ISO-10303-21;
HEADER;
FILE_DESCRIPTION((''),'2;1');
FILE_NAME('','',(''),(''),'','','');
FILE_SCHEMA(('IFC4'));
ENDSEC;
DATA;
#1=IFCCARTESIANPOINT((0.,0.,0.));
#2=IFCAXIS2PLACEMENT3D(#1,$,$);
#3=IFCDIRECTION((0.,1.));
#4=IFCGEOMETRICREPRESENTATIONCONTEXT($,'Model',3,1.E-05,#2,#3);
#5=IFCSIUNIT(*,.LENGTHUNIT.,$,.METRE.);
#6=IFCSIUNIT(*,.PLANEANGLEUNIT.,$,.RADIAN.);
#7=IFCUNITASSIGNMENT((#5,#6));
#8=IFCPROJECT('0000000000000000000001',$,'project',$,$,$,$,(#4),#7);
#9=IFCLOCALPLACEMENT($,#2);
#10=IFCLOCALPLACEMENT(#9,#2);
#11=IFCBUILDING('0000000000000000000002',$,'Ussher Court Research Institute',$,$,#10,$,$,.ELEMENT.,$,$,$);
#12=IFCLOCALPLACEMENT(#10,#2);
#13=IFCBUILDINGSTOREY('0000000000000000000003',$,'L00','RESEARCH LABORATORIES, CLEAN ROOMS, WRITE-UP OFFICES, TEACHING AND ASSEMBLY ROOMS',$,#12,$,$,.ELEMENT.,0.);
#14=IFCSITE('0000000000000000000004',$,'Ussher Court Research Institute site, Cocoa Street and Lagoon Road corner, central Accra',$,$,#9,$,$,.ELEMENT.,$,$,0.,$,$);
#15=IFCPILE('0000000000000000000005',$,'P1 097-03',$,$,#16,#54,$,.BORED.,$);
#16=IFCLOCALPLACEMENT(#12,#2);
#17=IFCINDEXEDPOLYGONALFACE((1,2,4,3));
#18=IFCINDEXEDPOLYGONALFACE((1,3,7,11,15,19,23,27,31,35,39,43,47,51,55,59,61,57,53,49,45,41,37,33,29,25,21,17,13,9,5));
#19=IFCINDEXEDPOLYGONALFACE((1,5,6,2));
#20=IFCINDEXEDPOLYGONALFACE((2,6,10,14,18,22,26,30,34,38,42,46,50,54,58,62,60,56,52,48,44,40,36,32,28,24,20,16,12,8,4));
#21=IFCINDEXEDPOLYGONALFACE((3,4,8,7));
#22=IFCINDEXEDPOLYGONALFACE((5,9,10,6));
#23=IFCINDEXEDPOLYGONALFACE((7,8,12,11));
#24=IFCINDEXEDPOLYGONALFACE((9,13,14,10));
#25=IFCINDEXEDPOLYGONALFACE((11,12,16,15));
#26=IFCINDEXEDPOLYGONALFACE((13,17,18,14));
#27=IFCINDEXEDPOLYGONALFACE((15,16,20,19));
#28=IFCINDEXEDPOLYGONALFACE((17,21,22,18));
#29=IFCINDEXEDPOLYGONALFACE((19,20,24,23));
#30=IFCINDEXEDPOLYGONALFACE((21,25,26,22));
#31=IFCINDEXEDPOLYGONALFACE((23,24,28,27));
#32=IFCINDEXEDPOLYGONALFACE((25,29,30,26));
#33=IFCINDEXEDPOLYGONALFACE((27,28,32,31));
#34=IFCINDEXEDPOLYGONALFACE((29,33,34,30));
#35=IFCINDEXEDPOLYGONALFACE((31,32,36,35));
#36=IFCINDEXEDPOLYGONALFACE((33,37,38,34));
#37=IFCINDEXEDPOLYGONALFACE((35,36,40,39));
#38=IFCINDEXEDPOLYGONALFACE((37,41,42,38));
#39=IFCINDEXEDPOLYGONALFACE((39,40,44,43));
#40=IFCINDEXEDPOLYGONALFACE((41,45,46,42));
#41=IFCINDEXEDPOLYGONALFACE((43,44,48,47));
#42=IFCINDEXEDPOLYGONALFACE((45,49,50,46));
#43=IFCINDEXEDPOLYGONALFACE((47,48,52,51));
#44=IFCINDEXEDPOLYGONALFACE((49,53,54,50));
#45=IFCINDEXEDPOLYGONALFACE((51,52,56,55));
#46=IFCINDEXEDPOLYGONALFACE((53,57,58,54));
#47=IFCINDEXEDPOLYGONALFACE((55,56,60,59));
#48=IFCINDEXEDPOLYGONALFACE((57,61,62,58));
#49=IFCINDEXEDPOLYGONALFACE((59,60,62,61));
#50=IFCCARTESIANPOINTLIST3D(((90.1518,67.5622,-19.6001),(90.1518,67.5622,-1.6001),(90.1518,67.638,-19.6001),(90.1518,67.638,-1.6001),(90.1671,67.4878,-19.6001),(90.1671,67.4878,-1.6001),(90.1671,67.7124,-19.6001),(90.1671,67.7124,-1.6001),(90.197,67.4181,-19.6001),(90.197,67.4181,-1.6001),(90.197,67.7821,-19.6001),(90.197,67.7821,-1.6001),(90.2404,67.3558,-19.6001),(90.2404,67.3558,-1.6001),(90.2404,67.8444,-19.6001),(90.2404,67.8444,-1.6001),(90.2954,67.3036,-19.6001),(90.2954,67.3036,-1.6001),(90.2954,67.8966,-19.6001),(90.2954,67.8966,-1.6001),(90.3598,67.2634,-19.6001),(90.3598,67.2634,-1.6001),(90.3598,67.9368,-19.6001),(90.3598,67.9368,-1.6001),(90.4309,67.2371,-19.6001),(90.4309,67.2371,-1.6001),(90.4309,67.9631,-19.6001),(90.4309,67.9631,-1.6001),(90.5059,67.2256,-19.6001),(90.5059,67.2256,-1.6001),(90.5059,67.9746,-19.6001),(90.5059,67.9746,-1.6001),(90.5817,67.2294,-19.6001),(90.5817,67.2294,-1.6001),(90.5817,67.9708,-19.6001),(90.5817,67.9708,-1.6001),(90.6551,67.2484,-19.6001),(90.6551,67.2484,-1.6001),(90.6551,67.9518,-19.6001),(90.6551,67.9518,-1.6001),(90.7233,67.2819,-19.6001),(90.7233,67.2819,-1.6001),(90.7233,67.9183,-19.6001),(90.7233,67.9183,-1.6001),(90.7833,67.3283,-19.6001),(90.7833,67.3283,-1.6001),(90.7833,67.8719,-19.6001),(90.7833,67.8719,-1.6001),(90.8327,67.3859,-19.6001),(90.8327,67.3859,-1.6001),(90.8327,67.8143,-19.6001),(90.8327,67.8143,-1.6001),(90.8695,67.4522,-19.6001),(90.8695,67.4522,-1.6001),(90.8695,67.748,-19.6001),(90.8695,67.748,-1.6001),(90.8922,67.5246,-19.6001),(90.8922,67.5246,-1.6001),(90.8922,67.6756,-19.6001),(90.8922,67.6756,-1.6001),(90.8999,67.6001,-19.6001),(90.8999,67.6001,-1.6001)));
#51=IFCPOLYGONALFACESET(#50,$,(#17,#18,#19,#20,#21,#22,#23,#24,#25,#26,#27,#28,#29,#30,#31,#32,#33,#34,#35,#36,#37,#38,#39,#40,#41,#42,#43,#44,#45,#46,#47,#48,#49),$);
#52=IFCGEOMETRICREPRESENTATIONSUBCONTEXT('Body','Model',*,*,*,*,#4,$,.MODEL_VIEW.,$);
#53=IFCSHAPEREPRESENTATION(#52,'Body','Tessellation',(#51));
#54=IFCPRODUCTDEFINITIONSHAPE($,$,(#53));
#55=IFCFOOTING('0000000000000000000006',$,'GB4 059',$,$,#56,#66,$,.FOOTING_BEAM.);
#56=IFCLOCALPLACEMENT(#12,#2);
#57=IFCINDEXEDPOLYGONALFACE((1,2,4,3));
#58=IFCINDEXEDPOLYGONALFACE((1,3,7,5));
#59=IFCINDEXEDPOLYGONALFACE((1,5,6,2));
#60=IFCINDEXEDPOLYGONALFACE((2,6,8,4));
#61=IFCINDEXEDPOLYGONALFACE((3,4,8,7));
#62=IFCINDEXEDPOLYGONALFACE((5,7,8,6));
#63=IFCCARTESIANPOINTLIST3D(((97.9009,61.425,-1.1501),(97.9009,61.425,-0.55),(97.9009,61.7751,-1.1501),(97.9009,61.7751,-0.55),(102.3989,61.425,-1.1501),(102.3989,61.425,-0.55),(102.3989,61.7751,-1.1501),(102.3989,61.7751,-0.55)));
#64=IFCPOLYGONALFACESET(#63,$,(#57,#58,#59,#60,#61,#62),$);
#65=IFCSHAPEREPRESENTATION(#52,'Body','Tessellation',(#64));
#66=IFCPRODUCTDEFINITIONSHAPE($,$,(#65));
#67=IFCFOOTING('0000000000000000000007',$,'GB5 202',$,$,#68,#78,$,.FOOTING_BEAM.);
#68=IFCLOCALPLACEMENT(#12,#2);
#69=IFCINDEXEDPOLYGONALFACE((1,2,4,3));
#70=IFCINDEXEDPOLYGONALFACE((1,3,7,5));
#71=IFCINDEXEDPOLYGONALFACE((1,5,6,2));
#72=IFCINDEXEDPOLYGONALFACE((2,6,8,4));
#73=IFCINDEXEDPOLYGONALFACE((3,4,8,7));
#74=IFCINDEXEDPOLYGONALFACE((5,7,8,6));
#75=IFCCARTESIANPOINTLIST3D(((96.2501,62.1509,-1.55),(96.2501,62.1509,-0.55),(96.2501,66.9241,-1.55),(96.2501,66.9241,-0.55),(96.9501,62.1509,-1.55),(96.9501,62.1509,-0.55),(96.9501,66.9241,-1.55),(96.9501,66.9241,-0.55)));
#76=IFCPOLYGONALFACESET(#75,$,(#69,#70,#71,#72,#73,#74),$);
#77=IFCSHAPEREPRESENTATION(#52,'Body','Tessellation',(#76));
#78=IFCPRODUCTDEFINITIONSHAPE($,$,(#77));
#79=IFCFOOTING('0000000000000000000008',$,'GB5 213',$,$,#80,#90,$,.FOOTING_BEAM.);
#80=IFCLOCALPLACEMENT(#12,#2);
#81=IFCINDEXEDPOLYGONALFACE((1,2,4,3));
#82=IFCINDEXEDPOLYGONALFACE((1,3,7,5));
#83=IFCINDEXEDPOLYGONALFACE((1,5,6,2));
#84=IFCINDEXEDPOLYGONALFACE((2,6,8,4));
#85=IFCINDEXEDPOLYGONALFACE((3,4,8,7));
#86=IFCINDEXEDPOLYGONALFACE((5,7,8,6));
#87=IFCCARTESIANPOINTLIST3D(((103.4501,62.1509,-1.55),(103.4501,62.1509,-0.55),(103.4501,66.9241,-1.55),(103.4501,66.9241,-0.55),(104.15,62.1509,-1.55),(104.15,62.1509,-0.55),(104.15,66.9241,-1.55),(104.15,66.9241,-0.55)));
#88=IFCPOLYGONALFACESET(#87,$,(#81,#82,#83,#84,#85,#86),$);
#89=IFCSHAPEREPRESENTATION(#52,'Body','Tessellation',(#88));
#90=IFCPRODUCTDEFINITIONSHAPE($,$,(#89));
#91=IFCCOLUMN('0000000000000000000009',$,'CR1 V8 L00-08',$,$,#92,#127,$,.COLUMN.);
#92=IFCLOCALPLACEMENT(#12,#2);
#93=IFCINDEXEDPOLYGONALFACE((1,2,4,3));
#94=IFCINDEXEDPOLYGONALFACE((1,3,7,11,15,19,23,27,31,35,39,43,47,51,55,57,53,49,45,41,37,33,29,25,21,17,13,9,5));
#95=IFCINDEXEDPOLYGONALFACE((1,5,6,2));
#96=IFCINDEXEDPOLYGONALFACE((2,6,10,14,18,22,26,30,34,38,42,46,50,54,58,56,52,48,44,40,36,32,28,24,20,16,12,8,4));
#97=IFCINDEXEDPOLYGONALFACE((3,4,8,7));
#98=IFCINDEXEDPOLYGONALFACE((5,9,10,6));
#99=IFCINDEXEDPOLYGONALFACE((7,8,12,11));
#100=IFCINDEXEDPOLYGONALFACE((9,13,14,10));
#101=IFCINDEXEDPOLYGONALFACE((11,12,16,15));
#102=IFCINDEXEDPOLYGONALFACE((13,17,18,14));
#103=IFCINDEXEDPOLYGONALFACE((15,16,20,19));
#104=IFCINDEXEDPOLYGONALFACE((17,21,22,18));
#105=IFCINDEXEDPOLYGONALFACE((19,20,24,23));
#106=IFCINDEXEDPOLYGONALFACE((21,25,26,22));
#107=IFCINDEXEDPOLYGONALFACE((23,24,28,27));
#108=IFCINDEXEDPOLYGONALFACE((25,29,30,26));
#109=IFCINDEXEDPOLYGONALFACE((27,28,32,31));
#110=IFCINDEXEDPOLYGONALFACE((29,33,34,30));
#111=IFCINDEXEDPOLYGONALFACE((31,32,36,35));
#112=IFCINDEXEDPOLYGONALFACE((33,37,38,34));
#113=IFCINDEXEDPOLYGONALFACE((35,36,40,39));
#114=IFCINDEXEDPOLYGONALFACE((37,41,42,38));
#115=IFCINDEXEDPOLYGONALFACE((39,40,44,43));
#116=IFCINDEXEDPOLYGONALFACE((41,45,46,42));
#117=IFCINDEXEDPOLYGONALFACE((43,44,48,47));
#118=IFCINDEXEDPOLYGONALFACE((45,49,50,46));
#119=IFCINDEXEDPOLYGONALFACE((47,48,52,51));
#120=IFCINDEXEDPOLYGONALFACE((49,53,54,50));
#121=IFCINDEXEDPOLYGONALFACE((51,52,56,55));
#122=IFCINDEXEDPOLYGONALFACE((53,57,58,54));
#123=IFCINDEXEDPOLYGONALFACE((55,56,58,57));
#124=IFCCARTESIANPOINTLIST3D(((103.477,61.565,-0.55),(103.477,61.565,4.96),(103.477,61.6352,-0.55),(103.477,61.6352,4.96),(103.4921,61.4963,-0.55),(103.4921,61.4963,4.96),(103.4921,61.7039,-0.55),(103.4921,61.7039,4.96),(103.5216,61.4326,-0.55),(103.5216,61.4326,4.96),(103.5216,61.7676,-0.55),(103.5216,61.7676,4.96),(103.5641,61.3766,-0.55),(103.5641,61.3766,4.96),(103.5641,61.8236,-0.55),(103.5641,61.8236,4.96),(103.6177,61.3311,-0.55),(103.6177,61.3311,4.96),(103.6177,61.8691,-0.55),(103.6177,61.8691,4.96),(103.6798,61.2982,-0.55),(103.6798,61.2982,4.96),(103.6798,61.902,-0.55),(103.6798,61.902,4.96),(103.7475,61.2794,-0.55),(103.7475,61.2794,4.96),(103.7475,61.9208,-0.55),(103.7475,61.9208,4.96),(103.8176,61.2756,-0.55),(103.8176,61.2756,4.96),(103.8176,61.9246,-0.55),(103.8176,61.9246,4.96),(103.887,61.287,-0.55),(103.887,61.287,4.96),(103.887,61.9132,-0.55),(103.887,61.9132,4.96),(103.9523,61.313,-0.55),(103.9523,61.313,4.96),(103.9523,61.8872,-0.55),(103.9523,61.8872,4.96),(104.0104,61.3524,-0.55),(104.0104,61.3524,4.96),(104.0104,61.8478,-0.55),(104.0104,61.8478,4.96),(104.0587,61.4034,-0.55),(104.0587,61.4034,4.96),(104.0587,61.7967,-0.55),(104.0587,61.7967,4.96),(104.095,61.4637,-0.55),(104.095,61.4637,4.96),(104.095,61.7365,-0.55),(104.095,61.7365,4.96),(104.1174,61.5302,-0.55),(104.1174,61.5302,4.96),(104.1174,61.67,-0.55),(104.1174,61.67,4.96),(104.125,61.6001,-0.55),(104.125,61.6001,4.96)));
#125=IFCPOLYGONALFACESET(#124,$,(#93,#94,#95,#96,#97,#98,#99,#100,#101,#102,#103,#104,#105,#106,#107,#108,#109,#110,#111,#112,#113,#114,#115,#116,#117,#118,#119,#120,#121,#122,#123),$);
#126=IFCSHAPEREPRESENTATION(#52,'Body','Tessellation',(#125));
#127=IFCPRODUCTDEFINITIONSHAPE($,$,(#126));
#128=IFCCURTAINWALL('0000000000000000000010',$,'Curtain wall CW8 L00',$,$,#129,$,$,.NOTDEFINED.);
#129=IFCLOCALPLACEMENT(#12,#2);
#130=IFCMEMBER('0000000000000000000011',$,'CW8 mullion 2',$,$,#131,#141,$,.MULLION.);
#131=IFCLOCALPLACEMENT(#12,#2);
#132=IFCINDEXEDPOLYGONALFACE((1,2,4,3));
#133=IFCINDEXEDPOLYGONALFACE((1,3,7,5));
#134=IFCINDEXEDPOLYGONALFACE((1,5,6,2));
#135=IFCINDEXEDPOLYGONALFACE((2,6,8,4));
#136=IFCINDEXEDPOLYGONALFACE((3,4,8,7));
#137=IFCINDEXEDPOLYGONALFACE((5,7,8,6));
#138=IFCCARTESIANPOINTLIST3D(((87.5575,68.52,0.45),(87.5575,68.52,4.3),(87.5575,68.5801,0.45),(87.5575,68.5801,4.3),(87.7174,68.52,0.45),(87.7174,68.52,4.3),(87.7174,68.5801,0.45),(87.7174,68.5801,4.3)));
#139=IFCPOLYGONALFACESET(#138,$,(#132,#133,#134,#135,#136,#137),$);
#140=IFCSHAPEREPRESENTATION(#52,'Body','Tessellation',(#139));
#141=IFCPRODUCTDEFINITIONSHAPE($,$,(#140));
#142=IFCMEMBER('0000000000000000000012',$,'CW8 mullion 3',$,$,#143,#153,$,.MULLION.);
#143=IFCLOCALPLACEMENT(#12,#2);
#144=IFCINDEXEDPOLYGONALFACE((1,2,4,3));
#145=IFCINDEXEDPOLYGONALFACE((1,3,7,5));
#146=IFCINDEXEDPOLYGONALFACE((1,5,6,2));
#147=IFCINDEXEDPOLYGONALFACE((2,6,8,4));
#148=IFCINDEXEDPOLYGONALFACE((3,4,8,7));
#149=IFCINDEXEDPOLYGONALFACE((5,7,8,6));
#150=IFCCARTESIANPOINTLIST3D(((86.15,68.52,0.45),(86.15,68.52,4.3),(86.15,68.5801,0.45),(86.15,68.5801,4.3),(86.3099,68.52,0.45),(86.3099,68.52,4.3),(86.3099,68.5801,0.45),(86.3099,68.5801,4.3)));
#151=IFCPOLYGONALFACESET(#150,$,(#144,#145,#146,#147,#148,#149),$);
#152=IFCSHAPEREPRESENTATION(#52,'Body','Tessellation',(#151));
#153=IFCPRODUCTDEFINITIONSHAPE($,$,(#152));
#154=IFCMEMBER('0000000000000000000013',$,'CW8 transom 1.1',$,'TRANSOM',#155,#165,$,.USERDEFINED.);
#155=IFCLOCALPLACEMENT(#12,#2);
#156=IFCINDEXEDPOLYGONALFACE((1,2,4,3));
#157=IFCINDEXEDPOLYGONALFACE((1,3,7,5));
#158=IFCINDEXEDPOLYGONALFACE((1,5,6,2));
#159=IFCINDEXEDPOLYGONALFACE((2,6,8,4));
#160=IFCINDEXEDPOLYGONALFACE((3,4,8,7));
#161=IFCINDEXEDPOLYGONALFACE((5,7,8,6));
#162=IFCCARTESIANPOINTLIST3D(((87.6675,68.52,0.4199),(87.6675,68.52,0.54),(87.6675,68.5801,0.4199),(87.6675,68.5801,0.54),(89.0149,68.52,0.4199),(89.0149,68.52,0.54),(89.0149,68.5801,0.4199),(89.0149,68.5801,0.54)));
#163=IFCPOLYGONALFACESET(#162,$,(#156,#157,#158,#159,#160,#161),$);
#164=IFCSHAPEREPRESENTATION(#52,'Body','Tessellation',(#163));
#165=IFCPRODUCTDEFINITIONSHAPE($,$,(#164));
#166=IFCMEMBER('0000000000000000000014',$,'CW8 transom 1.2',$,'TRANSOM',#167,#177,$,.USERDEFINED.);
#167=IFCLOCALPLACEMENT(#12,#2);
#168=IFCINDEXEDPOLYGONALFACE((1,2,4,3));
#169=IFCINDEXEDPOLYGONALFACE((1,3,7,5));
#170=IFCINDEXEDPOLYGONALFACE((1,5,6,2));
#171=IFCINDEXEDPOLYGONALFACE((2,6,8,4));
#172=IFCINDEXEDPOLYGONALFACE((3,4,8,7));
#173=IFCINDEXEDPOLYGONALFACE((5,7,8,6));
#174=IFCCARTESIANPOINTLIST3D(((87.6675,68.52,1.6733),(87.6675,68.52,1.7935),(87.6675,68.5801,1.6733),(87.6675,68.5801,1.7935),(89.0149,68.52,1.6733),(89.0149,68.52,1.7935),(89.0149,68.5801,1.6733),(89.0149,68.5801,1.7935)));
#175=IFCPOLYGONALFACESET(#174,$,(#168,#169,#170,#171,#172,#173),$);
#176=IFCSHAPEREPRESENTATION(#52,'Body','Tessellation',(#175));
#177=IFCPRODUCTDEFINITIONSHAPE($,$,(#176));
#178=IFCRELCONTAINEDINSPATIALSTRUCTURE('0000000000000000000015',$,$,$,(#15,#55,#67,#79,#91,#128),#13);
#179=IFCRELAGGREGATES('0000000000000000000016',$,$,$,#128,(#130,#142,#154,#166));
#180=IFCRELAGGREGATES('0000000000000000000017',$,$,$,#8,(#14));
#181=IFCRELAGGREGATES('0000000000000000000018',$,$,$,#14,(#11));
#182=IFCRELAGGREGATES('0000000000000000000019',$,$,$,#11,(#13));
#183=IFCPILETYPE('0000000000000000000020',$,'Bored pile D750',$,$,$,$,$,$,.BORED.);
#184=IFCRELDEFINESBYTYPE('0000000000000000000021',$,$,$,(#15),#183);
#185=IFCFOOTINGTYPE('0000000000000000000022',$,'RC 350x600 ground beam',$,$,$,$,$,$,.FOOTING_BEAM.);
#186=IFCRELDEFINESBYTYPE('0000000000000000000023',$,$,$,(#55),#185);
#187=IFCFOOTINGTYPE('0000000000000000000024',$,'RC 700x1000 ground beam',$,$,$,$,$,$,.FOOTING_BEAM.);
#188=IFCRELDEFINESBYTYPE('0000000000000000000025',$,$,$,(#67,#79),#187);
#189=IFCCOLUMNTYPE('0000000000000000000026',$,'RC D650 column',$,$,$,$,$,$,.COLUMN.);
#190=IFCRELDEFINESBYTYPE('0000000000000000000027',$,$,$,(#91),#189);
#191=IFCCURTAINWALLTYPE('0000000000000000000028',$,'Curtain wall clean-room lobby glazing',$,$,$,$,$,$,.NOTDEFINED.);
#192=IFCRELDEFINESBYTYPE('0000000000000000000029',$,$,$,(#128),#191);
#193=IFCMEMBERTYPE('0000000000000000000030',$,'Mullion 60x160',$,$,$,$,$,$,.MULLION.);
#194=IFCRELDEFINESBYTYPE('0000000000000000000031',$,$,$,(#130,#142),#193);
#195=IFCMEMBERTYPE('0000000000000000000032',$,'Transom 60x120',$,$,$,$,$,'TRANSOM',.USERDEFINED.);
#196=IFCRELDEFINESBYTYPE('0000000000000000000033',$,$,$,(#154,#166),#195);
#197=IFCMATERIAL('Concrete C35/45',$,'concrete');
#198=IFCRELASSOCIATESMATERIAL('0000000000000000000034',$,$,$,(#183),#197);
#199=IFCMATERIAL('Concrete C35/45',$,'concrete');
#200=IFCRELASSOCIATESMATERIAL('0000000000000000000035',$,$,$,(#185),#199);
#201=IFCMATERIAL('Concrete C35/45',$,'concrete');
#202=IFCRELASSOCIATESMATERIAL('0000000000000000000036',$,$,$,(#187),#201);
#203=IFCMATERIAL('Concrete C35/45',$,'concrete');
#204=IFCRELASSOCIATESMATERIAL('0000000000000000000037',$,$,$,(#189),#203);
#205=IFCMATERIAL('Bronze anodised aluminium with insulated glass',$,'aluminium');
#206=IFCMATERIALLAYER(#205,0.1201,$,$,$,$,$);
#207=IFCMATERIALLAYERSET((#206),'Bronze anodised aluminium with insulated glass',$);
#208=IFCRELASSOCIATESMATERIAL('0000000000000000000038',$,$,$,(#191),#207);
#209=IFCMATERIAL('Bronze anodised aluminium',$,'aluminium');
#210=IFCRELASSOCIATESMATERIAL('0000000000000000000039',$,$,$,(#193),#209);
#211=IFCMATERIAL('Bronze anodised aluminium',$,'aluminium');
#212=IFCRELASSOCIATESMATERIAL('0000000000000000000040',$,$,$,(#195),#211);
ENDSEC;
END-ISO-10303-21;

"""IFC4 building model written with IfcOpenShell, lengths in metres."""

from ifc_helpers import new_model, si_unit, direction, frame, origin, origin_2d, place, context, subcontext, project, spatial, rectangle, circle, extrude, material, layer, layer_set, material_profile, profile_set, type_object, element, aggregate, save


model = new_model("IFC4")

# Units and contexts
model_context = context("Model", 3, precision=1e-05, world=origin(), true_north=direction((0.0, 1.0)))
body_context = subcontext(model_context, "Body", "Model", "MODEL_VIEW")
ifc_project = project(units=[si_unit("LENGTHUNIT", "METRE"), si_unit("PLANEANGLEUNIT", "RADIAN")], contexts=[model_context])

# Site, building, storey
site_placement = place(None, origin())
site = spatial("IfcSite", under=ifc_project, at=site_placement, Name="Ussher Court Research Institute site, Cocoa Street and Lagoon Road corner, central Accra", CompositionType="ELEMENT", RefElevation=0.0)
building_placement = place(site_placement, origin())
building = spatial("IfcBuilding", under=site, at=building_placement, Name="Ussher Court Research Institute", CompositionType="ELEMENT")
storey_placement = place(building_placement, origin())
storey = spatial("IfcBuildingStorey", under=building, at=storey_placement, Name="L00", Description="RESEARCH LABORATORIES, CLEAN ROOMS, WRITE-UP OFFICES, TEACHING AND ASSEMBLY ROOMS", CompositionType="ELEMENT", Elevation=0.0)

# Pile
ifc_material_1 = material(Name="Concrete C35/45", Category="concrete")
ifc_material_profile_1 = material_profile(ifc_material_1, circle(Radius=0.375, at=origin_2d()), Name="RC D750")
ifc_profile_set_1 = profile_set([ifc_material_profile_1], Name="Concrete C35/45")
pile_type_1 = type_object("IfcPileType", Name="Bored pile D750", PredefinedType="BORED", material=ifc_profile_set_1)
for number, where, z_axis, x_axis, name in (
    (1, (90.5249, 67.6001, -1.6001), (0.0, 0.0, -1.0), (1.0, 0.0, 0.0), "P1 097-03"),
):
    element("IfcPile", number, at=place(storey_placement, frame(where, z_axis=z_axis, x_axis=x_axis)), inside=storey, type_object=pile_type_1, Name=name, PredefinedType="BORED", context=body_context, shape_type="SweptSolid", body=[
        extrude(circle(Radius=0.375, at=origin_2d()), origin(), (0.0, 0.0, 1.0), 18.0),
    ])

# Footings
ifc_material_2 = material(Name="Concrete C35/45", Category="concrete")
ifc_material_profile_2 = material_profile(ifc_material_2, rectangle(XDim=0.3501, YDim=0.6001, at=origin_2d()), Name="RC 350x600")
ifc_profile_set_2 = profile_set([ifc_material_profile_2], Name="Concrete C35/45")
footing_type_1 = type_object("IfcFootingType", Name="RC 350x600 ground beam", PredefinedType="FOOTING_BEAM", material=ifc_profile_set_2)
footing_placement = place(storey_placement, frame((97.9009, 61.6001, -0.8501), z_axis=(1.0, 0.0, 0.0), x_axis=(0.0, 1.0, 0.0)))
element("IfcFooting", 2, at=footing_placement, inside=storey, type_object=footing_type_1, Name="GB4 059", PredefinedType="FOOTING_BEAM", context=body_context, shape_type="SweptSolid", body=[
    extrude(rectangle(XDim=0.3501, YDim=0.6001, at=origin_2d()), origin(), (0.0, 0.0, 1.0), 4.498),
])
ifc_material_3 = material(Name="Concrete C35/45", Category="concrete")
ifc_material_profile_3 = material_profile(ifc_material_3, rectangle(XDim=0.7, YDim=1.0, at=origin_2d()), Name="RC 700x1000")
ifc_profile_set_3 = profile_set([ifc_material_profile_3], Name="Concrete C35/45")
footing_type_2 = type_object("IfcFootingType", Name="RC 700x1000 ground beam", PredefinedType="FOOTING_BEAM", material=ifc_profile_set_3)
for number, where, z_axis, x_axis, name in (
    (3, (96.6001, 62.1509, -1.05), (0.0, 1.0, 0.0), (-1.0, 0.0, 0.0), "GB5 202"),
    (4, (103.8, 62.1509, -1.05), (0.0, 1.0, 0.0), (-1.0, 0.0, 0.0), "GB5 213"),
):
    element("IfcFooting", number, at=place(storey_placement, frame(where, z_axis=z_axis, x_axis=x_axis)), inside=storey, type_object=footing_type_2, Name=name, PredefinedType="FOOTING_BEAM", context=body_context, shape_type="SweptSolid", body=[
        extrude(rectangle(XDim=0.7, YDim=1.0, at=origin_2d()), origin(), (0.0, 0.0, 1.0), 4.7732),
    ])

# Column
ifc_material_4 = material(Name="Concrete C35/45", Category="concrete")
ifc_material_profile_4 = material_profile(ifc_material_4, circle(Radius=0.325, at=origin_2d()), Name="RC D650")
ifc_profile_set_4 = profile_set([ifc_material_profile_4], Name="Concrete C35/45")
column_type = type_object("IfcColumnType", Name="RC D650 column", PredefinedType="COLUMN", material=ifc_profile_set_4)
column_placement = place(storey_placement, frame((103.8, 61.6001, -0.55), z_axis=(0.0, 0.0, 1.0), x_axis=(1.0, 0.0, 0.0)))
element("IfcColumn", 5, at=column_placement, inside=storey, type_object=column_type, Name="CR1 V8 L00-08", PredefinedType="COLUMN", context=body_context, shape_type="SweptSolid", body=[
    extrude(circle(Radius=0.325, at=origin_2d()), origin(), (0.0, 0.0, 1.0), 5.51),
])

# Curtain wall, members
ifc_material_5 = material(Name="Bronze anodised aluminium with insulated glass", Category="aluminium")
ifc_layer_1 = layer(ifc_material_5, 0.1201)
ifc_layer_set_1 = layer_set([ifc_layer_1], Name="Bronze anodised aluminium with insulated glass")
curtain_wall_type = type_object("IfcCurtainWallType", Name="Curtain wall clean-room lobby glazing", PredefinedType="NOTDEFINED", material=ifc_layer_set_1)
curtain_wall_placement = place(storey_placement, origin())
curtain_wall = element("IfcCurtainWall", 6, at=curtain_wall_placement, inside=storey, type_object=curtain_wall_type, Name="Curtain wall CW8 L00", PredefinedType="NOTDEFINED")
ifc_material_6 = material(Name="Bronze anodised aluminium", Category="aluminium")
ifc_material_profile_5 = material_profile(ifc_material_6, rectangle(XDim=0.0601, YDim=0.1599, at=origin_2d()), Name="Mullion 60x160")
ifc_profile_set_5 = profile_set([ifc_material_profile_5], Name="Bronze anodised aluminium")
member_type_1 = type_object("IfcMemberType", Name="Mullion 60x160", PredefinedType="MULLION", material=ifc_profile_set_5)
member_1_placement = place(storey_placement, frame((87.6375, 68.55, 0.45), z_axis=(0.0, 0.0, 1.0), x_axis=(0.0, -1.0, 0.0)))
member_1 = element("IfcMember", 7, at=member_1_placement, type_object=member_type_1, Name="CW8 mullion 2", PredefinedType="MULLION", context=body_context, shape_type="SweptSolid", body=[
    extrude(rectangle(XDim=0.0601, YDim=0.1599, at=origin_2d()), origin(), (0.0, 0.0, 1.0), 3.8501),
])
member_2_placement = place(storey_placement, frame((86.23, 68.55, 0.45), z_axis=(0.0, 0.0, 1.0), x_axis=(0.0, -1.0, 0.0)))
member_2 = element("IfcMember", 8, at=member_2_placement, type_object=member_type_1, Name="CW8 mullion 3", PredefinedType="MULLION", context=body_context, shape_type="SweptSolid", body=[
    extrude(rectangle(XDim=0.0601, YDim=0.1599, at=origin_2d()), origin(), (0.0, 0.0, 1.0), 3.8501),
])
ifc_material_7 = material(Name="Bronze anodised aluminium", Category="aluminium")
ifc_material_profile_6 = material_profile(ifc_material_7, rectangle(XDim=0.0601, YDim=0.1201, at=origin_2d()), Name="Transom 60x120")
ifc_profile_set_6 = profile_set([ifc_material_profile_6], Name="Bronze anodised aluminium")
member_type_2 = type_object("IfcMemberType", Name="Transom 60x120", ElementType="TRANSOM", PredefinedType="USERDEFINED", material=ifc_profile_set_6)
member_3_placement = place(storey_placement, frame((89.0149, 68.55, 0.48), z_axis=(-1.0, 0.0, 0.0), x_axis=(0.0, -1.0, 0.0)))
member_3 = element("IfcMember", 9, at=member_3_placement, type_object=member_type_2, Name="CW8 transom 1.1", ObjectType="TRANSOM", PredefinedType="USERDEFINED", context=body_context, shape_type="SweptSolid", body=[
    extrude(rectangle(XDim=0.0601, YDim=0.1201, at=origin_2d()), origin(), (0.0, 0.0, 1.0), 1.3474),
])
member_4_placement = place(storey_placement, frame((89.0149, 68.55, 1.7334), z_axis=(-1.0, 0.0, 0.0), x_axis=(0.0, -1.0, 0.0)))
member_4 = element("IfcMember", 10, at=member_4_placement, type_object=member_type_2, Name="CW8 transom 1.2", ObjectType="TRANSOM", PredefinedType="USERDEFINED", context=body_context, shape_type="SweptSolid", body=[
    extrude(rectangle(XDim=0.0601, YDim=0.1201, at=origin_2d()), origin(), (0.0, 0.0, 1.0), 1.3474),
])
aggregate(curtain_wall, [member_1, member_2, member_3, member_4])

save(model, "model.ifc")
